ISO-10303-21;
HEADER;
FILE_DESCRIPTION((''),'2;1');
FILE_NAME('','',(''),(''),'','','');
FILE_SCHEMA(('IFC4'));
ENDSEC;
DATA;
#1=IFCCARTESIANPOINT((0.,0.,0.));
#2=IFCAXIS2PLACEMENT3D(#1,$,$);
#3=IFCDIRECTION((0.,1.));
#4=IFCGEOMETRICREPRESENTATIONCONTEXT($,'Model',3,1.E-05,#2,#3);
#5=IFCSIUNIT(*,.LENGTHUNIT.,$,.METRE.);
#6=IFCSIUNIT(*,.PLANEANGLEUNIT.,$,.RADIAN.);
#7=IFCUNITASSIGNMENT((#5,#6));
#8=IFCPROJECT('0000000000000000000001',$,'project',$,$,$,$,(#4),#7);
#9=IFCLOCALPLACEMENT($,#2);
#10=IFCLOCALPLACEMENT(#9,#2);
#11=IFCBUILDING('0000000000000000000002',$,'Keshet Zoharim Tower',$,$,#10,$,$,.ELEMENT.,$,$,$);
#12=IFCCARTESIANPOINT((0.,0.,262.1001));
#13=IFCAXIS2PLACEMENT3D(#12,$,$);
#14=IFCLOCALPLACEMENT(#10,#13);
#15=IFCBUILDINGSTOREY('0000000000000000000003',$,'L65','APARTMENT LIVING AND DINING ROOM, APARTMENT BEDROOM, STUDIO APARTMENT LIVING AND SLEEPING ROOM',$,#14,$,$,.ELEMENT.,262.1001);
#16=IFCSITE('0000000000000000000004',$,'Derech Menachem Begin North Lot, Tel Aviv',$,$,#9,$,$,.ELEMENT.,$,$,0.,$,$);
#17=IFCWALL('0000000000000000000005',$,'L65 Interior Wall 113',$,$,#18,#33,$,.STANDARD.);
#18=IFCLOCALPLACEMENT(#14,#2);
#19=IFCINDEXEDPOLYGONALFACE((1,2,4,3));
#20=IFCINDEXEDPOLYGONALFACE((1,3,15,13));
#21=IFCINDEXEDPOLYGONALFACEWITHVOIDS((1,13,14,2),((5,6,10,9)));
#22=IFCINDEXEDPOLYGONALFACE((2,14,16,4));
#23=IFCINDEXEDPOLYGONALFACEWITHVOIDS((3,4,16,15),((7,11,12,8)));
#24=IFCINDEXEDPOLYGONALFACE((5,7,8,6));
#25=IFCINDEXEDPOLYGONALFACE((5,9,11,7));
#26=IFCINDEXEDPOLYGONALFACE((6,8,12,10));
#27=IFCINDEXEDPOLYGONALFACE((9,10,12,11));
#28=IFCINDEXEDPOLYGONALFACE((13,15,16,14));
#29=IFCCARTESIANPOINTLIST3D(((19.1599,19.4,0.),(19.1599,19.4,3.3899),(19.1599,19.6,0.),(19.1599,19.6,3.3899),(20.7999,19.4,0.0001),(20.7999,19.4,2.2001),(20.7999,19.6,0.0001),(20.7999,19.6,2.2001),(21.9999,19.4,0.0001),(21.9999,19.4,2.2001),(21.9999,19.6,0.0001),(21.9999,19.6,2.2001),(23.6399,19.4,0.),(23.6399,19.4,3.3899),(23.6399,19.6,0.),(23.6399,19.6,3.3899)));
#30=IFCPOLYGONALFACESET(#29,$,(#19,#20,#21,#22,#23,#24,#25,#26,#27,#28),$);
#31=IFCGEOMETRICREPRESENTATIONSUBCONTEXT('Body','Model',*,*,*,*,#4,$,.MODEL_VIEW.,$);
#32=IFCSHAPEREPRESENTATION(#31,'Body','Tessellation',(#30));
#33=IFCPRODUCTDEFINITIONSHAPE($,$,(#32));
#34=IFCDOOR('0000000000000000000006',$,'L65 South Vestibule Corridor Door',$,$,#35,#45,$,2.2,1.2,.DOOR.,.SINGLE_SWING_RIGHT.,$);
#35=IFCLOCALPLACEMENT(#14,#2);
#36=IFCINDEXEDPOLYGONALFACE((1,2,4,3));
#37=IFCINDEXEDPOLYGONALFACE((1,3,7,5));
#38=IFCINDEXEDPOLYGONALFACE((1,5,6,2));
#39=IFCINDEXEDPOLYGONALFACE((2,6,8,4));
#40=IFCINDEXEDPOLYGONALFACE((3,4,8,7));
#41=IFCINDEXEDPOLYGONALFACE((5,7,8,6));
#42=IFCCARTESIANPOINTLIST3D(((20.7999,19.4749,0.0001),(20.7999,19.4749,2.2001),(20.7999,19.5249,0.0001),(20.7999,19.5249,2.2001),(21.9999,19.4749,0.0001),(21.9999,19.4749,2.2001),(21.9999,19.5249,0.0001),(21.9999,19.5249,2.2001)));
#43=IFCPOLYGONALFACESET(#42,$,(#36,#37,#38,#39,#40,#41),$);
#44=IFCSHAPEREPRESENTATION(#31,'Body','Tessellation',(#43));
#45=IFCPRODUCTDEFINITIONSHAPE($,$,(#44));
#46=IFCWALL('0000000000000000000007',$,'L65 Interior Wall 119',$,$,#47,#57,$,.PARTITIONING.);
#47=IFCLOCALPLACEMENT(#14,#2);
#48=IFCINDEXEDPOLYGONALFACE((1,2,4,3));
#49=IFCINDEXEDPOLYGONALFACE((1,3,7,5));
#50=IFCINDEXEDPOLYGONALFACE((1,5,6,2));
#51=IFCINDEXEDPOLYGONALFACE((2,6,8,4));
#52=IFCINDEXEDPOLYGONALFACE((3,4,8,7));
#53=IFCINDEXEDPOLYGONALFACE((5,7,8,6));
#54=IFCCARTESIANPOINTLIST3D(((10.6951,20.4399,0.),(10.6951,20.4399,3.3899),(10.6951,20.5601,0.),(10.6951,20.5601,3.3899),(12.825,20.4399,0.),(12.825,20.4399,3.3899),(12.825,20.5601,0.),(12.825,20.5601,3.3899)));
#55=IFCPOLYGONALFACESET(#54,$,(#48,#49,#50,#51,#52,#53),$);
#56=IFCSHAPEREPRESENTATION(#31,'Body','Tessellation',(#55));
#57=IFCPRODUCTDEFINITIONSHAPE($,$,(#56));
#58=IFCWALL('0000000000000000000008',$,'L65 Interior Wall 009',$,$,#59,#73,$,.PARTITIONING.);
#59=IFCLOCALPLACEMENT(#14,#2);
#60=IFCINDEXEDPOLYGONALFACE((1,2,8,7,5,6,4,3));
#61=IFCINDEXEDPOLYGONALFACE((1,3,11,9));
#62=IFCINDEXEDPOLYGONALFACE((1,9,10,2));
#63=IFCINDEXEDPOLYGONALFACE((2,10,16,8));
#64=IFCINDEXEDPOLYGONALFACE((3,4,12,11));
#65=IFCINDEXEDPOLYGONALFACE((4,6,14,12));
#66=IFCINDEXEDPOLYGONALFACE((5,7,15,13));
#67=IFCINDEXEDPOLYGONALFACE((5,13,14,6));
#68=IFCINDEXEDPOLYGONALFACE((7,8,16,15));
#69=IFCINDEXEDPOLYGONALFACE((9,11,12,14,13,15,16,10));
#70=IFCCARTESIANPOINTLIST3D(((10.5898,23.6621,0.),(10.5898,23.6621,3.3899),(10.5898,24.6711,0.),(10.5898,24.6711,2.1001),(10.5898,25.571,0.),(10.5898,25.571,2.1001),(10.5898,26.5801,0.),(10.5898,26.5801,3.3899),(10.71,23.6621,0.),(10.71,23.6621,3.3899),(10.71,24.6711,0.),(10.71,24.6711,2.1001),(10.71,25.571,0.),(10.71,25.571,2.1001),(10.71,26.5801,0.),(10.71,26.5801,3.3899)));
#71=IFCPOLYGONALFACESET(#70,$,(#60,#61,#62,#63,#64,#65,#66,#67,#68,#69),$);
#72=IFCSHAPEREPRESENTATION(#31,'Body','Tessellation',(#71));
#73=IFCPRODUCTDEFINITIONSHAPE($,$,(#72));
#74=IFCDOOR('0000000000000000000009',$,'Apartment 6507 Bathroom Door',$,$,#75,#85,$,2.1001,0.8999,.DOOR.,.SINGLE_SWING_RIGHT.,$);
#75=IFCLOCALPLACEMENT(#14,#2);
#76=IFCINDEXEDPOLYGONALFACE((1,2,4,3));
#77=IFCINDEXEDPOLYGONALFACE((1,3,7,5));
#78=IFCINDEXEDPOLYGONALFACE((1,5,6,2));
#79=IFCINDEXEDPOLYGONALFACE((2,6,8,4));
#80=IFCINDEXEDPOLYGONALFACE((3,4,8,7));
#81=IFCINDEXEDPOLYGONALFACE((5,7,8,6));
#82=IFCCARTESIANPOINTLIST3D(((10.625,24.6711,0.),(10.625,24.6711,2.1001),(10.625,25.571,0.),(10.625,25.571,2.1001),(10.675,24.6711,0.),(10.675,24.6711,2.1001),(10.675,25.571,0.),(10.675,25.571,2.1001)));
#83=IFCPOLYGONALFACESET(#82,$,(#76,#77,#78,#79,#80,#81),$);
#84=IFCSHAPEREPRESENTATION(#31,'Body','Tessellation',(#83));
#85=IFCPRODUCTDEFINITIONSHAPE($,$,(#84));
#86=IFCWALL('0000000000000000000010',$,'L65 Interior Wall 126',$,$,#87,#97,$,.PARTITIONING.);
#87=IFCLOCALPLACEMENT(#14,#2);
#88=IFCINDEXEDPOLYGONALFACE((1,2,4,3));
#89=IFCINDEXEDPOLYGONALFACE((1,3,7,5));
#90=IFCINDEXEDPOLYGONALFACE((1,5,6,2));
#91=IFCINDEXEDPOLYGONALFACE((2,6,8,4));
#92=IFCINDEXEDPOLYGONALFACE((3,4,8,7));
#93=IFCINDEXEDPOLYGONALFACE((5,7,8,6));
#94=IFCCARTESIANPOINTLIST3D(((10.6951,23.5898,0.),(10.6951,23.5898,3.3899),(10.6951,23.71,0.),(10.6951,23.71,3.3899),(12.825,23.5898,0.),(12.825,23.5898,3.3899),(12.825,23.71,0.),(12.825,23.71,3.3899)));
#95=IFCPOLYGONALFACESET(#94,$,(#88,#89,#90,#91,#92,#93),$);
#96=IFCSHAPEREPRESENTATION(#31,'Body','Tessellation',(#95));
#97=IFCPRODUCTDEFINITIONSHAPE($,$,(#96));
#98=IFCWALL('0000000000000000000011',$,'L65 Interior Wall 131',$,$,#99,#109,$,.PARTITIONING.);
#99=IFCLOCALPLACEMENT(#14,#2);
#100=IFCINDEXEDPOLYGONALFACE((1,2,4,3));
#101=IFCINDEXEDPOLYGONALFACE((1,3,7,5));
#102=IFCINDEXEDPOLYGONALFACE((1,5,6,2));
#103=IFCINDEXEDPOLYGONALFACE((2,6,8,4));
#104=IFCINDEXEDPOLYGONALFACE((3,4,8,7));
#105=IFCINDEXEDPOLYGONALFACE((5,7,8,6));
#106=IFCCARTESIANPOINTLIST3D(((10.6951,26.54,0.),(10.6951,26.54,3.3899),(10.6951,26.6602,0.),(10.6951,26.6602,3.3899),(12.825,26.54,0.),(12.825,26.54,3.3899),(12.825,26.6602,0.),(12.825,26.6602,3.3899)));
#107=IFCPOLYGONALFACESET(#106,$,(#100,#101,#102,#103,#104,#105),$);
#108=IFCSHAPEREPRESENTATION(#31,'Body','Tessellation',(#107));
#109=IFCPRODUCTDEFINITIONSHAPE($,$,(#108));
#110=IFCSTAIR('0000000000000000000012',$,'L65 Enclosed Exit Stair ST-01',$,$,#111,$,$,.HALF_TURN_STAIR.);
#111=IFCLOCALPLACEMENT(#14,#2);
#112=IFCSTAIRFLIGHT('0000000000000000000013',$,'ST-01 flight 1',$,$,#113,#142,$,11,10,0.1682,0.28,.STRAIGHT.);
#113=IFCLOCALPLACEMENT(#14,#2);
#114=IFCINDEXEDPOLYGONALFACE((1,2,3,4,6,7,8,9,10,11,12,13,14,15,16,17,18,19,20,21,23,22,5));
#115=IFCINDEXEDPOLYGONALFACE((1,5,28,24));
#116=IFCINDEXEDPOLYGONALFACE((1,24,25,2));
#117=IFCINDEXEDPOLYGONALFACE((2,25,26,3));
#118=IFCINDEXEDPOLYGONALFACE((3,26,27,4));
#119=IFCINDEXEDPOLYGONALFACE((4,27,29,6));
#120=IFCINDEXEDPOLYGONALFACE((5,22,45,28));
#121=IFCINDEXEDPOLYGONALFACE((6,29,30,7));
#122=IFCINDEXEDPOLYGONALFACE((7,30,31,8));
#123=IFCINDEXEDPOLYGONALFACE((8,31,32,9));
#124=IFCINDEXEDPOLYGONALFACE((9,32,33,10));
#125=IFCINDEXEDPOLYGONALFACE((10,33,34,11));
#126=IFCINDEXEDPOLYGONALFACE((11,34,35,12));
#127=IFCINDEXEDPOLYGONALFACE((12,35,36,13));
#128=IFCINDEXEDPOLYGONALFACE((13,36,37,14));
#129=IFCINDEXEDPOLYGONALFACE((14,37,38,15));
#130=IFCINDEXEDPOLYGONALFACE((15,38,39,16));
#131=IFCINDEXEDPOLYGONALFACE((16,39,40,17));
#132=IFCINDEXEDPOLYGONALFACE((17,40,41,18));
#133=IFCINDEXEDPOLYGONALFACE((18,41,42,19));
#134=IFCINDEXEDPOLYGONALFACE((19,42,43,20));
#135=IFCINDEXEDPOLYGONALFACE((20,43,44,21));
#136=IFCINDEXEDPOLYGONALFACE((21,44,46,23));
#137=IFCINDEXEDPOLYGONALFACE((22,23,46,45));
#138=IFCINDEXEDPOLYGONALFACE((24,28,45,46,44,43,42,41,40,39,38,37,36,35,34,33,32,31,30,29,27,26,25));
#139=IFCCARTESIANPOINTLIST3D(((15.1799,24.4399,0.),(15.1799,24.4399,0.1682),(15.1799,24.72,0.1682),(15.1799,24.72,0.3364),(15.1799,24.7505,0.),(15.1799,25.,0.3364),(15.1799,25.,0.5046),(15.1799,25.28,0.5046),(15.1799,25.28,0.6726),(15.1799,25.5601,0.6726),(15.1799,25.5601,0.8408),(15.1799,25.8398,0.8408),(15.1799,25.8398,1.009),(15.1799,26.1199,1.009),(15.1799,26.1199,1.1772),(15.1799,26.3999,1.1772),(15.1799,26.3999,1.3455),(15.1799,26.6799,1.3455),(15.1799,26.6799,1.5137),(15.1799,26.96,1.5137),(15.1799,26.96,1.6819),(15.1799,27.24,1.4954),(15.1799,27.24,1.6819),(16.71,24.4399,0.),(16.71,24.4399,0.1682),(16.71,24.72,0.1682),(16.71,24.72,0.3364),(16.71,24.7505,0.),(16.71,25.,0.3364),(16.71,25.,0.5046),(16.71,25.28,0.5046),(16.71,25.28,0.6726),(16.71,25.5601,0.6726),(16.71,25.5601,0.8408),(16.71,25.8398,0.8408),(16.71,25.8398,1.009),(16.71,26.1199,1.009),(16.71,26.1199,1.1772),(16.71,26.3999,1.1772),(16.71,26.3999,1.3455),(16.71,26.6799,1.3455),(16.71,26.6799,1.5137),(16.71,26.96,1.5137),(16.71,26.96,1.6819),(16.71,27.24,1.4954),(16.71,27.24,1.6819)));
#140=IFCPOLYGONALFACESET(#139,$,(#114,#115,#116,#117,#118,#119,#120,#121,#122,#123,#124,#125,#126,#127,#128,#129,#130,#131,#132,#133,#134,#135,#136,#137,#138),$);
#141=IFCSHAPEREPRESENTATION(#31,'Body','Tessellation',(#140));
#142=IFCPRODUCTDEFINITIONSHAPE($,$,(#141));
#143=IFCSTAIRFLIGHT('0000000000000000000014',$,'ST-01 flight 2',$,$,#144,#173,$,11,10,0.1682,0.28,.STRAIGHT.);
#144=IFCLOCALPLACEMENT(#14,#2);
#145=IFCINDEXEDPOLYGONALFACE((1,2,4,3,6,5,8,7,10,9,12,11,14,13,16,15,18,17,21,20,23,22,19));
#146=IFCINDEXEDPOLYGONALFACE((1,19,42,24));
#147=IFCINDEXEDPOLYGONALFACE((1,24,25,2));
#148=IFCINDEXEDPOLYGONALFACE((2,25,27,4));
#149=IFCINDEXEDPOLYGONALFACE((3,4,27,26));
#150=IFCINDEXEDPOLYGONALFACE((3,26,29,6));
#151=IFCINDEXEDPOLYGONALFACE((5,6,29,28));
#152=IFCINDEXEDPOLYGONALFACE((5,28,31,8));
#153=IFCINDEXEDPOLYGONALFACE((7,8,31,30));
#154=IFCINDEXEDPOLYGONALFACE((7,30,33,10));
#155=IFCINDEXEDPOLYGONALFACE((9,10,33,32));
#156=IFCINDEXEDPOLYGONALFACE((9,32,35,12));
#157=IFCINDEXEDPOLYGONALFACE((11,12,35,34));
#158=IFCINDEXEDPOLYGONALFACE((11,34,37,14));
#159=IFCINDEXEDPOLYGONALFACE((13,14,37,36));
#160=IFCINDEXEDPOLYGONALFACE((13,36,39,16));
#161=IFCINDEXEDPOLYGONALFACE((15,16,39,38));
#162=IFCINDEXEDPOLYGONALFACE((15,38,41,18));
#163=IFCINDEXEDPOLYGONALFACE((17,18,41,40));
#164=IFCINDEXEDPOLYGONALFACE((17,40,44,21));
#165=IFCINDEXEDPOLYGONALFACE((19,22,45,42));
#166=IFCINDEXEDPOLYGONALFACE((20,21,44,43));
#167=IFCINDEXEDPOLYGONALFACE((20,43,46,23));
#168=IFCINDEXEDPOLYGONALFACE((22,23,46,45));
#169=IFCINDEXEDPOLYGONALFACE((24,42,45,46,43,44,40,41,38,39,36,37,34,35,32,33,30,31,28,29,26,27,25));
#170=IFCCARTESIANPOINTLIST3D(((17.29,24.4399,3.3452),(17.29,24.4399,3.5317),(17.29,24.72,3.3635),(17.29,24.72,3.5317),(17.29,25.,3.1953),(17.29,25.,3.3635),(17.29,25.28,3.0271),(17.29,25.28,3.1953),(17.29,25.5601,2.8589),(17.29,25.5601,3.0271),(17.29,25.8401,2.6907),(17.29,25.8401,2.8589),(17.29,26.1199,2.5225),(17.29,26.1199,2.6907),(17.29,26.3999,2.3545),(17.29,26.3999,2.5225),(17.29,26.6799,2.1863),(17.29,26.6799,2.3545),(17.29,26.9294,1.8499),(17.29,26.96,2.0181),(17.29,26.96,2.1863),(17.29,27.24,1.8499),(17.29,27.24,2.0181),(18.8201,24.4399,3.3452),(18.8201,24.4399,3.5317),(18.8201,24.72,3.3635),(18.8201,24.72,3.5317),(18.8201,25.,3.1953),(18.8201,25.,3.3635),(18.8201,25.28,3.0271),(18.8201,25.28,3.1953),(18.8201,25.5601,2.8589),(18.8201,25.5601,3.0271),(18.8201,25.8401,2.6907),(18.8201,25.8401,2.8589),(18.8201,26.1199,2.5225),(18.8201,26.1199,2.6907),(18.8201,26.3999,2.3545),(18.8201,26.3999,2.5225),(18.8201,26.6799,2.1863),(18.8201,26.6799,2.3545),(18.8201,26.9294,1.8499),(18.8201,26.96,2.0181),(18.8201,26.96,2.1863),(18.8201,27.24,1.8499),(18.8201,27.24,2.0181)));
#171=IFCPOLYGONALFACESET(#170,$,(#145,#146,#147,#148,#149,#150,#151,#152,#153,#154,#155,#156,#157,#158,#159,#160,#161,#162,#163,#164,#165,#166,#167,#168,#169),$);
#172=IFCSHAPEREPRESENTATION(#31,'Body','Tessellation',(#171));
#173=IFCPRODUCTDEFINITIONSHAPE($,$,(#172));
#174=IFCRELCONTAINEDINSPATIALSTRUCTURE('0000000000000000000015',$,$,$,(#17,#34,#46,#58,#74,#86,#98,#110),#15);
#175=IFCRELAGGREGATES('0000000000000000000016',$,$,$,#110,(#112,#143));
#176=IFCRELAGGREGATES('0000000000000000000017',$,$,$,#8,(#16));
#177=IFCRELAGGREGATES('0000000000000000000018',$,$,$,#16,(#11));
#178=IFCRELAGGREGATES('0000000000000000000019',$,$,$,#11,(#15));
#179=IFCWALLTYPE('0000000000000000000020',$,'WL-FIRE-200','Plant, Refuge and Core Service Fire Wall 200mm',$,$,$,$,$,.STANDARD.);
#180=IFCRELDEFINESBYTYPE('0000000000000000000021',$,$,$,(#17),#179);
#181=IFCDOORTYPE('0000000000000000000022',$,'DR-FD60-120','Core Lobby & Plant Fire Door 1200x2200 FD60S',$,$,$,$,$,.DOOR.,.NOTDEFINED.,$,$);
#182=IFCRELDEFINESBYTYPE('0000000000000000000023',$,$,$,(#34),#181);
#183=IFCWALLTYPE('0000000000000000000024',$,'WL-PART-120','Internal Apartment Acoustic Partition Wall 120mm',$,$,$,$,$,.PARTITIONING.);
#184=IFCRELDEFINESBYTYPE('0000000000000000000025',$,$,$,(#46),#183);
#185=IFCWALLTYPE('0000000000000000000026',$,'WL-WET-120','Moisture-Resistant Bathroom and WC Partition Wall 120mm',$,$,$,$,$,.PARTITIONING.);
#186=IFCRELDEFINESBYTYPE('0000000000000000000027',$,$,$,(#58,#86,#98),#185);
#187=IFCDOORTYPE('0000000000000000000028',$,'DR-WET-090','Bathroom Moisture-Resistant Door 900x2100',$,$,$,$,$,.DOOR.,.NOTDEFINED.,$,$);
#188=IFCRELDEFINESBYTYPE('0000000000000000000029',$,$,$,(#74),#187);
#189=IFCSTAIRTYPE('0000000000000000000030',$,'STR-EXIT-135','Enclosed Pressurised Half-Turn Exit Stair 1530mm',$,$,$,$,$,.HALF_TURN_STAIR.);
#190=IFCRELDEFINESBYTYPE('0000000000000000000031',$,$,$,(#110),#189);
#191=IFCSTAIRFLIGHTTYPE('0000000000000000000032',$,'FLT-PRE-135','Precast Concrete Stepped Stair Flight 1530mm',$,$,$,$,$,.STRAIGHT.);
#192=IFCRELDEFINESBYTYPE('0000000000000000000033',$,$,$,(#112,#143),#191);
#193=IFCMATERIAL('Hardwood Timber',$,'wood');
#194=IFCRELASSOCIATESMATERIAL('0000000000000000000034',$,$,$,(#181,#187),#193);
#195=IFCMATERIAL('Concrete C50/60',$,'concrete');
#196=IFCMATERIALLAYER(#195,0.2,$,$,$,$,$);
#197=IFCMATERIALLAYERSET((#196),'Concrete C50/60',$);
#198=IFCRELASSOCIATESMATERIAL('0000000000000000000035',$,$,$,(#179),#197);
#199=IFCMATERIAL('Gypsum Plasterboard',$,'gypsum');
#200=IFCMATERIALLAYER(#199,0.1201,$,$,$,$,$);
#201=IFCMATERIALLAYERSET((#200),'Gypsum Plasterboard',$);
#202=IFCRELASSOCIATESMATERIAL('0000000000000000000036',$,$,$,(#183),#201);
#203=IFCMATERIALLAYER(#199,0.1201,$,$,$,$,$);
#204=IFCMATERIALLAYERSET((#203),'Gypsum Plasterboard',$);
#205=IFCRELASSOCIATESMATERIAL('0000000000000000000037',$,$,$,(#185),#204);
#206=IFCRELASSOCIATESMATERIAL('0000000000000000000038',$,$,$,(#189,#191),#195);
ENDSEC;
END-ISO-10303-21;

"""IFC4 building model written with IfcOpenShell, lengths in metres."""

from ifc_helpers import new_model, si_unit, direction, frame, frame_2d, origin, place, context, subcontext, project, spatial, polyline, rectangle, outline, extrude, material, layer, layer_set, type_object, element, fill, aggregate, save


model = new_model("IFC4")

# Units and contexts
model_context = context("Model", 3, precision=1e-05, world=origin(), true_north=direction((0.0, 1.0)))
body_context = subcontext(model_context, "Body", "Model", "MODEL_VIEW")
ifc_project = project(units=[si_unit("LENGTHUNIT", "METRE"), si_unit("PLANEANGLEUNIT", "RADIAN")], contexts=[model_context])

# Site, building, storey
site_placement = place(None, origin())
site = spatial("IfcSite", under=ifc_project, at=site_placement, Name="Derech Menachem Begin North Lot, Tel Aviv", CompositionType="ELEMENT", RefElevation=0.0)
building_placement = place(site_placement, origin())
building = spatial("IfcBuilding", under=site, at=building_placement, Name="Keshet Zoharim Tower", CompositionType="ELEMENT")
storey_placement = place(building_placement, frame((0.0, 0.0, 262.1001)))
storey = spatial("IfcBuildingStorey", under=building, at=storey_placement, Name="L65", Description="APARTMENT LIVING AND DINING ROOM, APARTMENT BEDROOM, STUDIO APARTMENT LIVING AND SLEEPING ROOM", CompositionType="ELEMENT", Elevation=262.1001)

# Shared definitions
ifc_material_1 = material(Name="Concrete C50/60", Category="concrete")

# Shared definitions
ifc_material_2 = material(Name="Hardwood Timber", Category="wood")

# Shared definitions
door_type_1 = type_object("IfcDoorType", Name="DR-FD60-120", Description="Core Lobby & Plant Fire Door 1200x2200 FD60S", OperationType="NOTDEFINED", PredefinedType="DOOR", material=ifc_material_2)

# Shared definitions
ifc_material_3 = material(Name="Gypsum Plasterboard", Category="gypsum")

# Wall, opening, door
ifc_layer_1 = layer(ifc_material_1, 0.2)
ifc_layer_set_1 = layer_set([ifc_layer_1], Name="Concrete C50/60")
wall_type_1 = type_object("IfcWallType", Name="WL-FIRE-200", Description="Plant, Refuge and Core Service Fire Wall 200mm", PredefinedType="STANDARD", material=ifc_layer_set_1)
wall_1_placement = place(storey_placement, frame((19.1599, 19.5, 0.0), z_axis=(0.0, 0.0, 1.0), x_axis=(1.0, 0.0, 0.0)))
wall_1 = element("IfcWall", 1, at=wall_1_placement, inside=storey, type_object=wall_type_1, Name="L65 Interior Wall 113", PredefinedType="STANDARD", context=body_context, shape_type="SweptSolid", body=[
    extrude(rectangle(XDim=4.48, YDim=0.2, at=frame_2d((2.24, 0.0))), origin(), (0.0, 0.0, 1.0), 3.3899),
])
opening_1_placement = place(wall_1_placement, frame((1.6399, 0.0, 0.0)))
opening_1 = element("IfcOpeningElement", 2, at=opening_1_placement, cuts=wall_1, PredefinedType="OPENING", context=body_context, shape_type="SweptSolid", body=[
    extrude(rectangle(XDim=1.2, YDim=2.2, at=frame_2d((0.6001, 1.1001))), frame((0.0, 0.1099, 0.0), z_axis=(0.0, -1.0, 0.0), x_axis=(1.0, 0.0, 0.0)), (0.0, 0.0, 1.0), 0.22),
])
door_1_placement = place(opening_1_placement, origin())
door_1 = element("IfcDoor", 3, at=door_1_placement, inside=storey, type_object=door_type_1, Name="L65 South Vestibule Corridor Door", OperationType="SINGLE_SWING_RIGHT", OverallHeight=2.2, OverallWidth=1.2, PredefinedType="DOOR", context=body_context, shape_type="SweptSolid", body=[
    extrude(rectangle(XDim=1.2, YDim=2.2, at=frame_2d((0.6001, 1.1001))), frame((0.0, 0.0249, 0.0), z_axis=(0.0, -1.0, 0.0), x_axis=(1.0, 0.0, 0.0)), (0.0, 0.0, 1.0), 0.05),
])
fill(opening_1, door_1)

# Wall
ifc_layer_2 = layer(ifc_material_3, 0.1201)
ifc_layer_set_2 = layer_set([ifc_layer_2], Name="Gypsum Plasterboard")
wall_type_2 = type_object("IfcWallType", Name="WL-PART-120", Description="Internal Apartment Acoustic Partition Wall 120mm", PredefinedType="PARTITIONING", material=ifc_layer_set_2)
wall_2_placement = place(storey_placement, frame((10.6951, 20.5, 0.0), z_axis=(0.0, 0.0, 1.0), x_axis=(1.0, 0.0, 0.0)))
element("IfcWall", 4, at=wall_2_placement, inside=storey, type_object=wall_type_2, Name="L65 Interior Wall 119", PredefinedType="PARTITIONING", context=body_context, shape_type="SweptSolid", body=[
    extrude(rectangle(XDim=2.1299, YDim=0.1201, at=frame_2d((1.0649, 0.0))), origin(), (0.0, 0.0, 1.0), 3.3899),
])

# Wall, opening, door
ifc_layer_3 = layer(ifc_material_3, 0.1201)
ifc_layer_set_3 = layer_set([ifc_layer_3], Name="Gypsum Plasterboard")
wall_type_3 = type_object("IfcWallType", Name="WL-WET-120", Description="Moisture-Resistant Bathroom and WC Partition Wall 120mm", PredefinedType="PARTITIONING", material=ifc_layer_set_3)
wall_3_placement = place(storey_placement, frame((10.6499, 23.6621, 0.0), z_axis=(0.0, 0.0, 1.0), x_axis=(0.0, 1.0, 0.0)))
wall_3 = element("IfcWall", 5, at=wall_3_placement, inside=storey, type_object=wall_type_3, Name="L65 Interior Wall 009", PredefinedType="PARTITIONING", context=body_context, shape_type="SweptSolid", body=[
    extrude(rectangle(XDim=2.918, YDim=0.1201, at=frame_2d((1.459, 0.0))), origin(), (0.0, 0.0, 1.0), 3.3899),
])
opening_2_placement = place(wall_3_placement, frame((1.009, 0.0, 0.0)))
opening_2 = element("IfcOpeningElement", 6, at=opening_2_placement, cuts=wall_3, PredefinedType="OPENING", context=body_context, shape_type="SweptSolid", body=[
    extrude(rectangle(XDim=0.8999, YDim=2.1001, at=frame_2d((0.45, 1.05))), frame((0.0, 0.0701, 0.0), z_axis=(0.0, -1.0, 0.0), x_axis=(1.0, 0.0, 0.0)), (0.0, 0.0, 1.0), 0.1401),
])
door_type_2 = type_object("IfcDoorType", Name="DR-WET-090", Description="Bathroom Moisture-Resistant Door 900x2100", OperationType="NOTDEFINED", PredefinedType="DOOR", material=ifc_material_2)
door_2_placement = place(opening_2_placement, origin())
door_2 = element("IfcDoor", 7, at=door_2_placement, inside=storey, type_object=door_type_2, Name="Apartment 6507 Bathroom Door", OperationType="SINGLE_SWING_RIGHT", OverallHeight=2.1001, OverallWidth=0.8999, PredefinedType="DOOR", context=body_context, shape_type="SweptSolid", body=[
    extrude(rectangle(XDim=0.8999, YDim=2.1001, at=frame_2d((0.45, 1.05))), frame((0.0, 0.0249, 0.0), z_axis=(0.0, -1.0, 0.0), x_axis=(1.0, 0.0, 0.0)), (0.0, 0.0, 1.0), 0.05),
])
fill(opening_2, door_2)

# Walls
for number, where, z_axis, x_axis, name in (
    (8, (10.6951, 23.6499, 0.0), (0.0, 0.0, 1.0), (1.0, 0.0, 0.0), "L65 Interior Wall 126"),
    (9, (10.6951, 26.6001, 0.0), (0.0, 0.0, 1.0), (1.0, 0.0, 0.0), "L65 Interior Wall 131"),
):
    element("IfcWall", number, at=place(storey_placement, frame(where, z_axis=z_axis, x_axis=x_axis)), inside=storey, type_object=wall_type_3, Name=name, PredefinedType="PARTITIONING", context=body_context, shape_type="SweptSolid", body=[
        extrude(rectangle(XDim=2.1299, YDim=0.1201, at=frame_2d((1.0649, 0.0))), origin(), (0.0, 0.0, 1.0), 3.3899),
    ])

# Stair, stair flights
stair_type = type_object("IfcStairType", Name="STR-EXIT-135", Description="Enclosed Pressurised Half-Turn Exit Stair 1530mm", PredefinedType="HALF_TURN_STAIR", material=ifc_material_1)
stair_placement = place(storey_placement, origin())
stair = element("IfcStair", 10, at=stair_placement, inside=storey, type_object=stair_type, Name="L65 Enclosed Exit Stair ST-01", PredefinedType="HALF_TURN_STAIR")
stair_flight_type = type_object("IfcStairFlightType", Name="FLT-PRE-135", Description="Precast Concrete Stepped Stair Flight 1530mm", PredefinedType="STRAIGHT", material=ifc_material_1)
stair_flight_1_placement = place(storey_placement, frame((15.9451, 24.4399, 0.0), z_axis=(0.0, 0.0, 1.0), x_axis=(0.0, 1.0, 0.0)))
stair_flight_1 = element("IfcStairFlight", 11, at=stair_flight_1_placement, type_object=stair_flight_type, Name="ST-01 flight 1", NumberOfRisers=11, NumberOfTreads=10, PredefinedType="STRAIGHT", RiserHeight=0.1682, TreadLength=0.28, context=body_context, shape_type="SweptSolid", body=[
    extrude(outline(polyline([(0.0, 0.0), (0.0, 0.1682), (0.28, 0.1682), (0.28, 0.3364), (0.5601, 0.3364), (0.5601, 0.5046), (0.8401, 0.5046), (0.8401, 0.6726), (1.1201, 0.6726), (1.1201, 0.8408), (1.3999, 0.8408), (1.3999, 1.009), (1.6799, 1.009), (1.6799, 1.1772), (1.96, 1.1772), (1.96, 1.3455), (2.24, 1.3455), (2.24, 1.5137), (2.52, 1.5137), (2.52, 1.6819), (2.8, 1.6819), (2.8, 1.8501), (2.8, 1.4954), (0.3105, 0.0), (0.0, 0.0)])), frame((0.0, 0.7651, 0.0), z_axis=(0.0, -1.0, 0.0), x_axis=(1.0, 0.0, 0.0)), (0.0, 0.0, 1.0), 1.53),
])
stair_flight_2_placement = place(storey_placement, frame((18.0549, 27.24, 1.8499), z_axis=(0.0, 0.0, 1.0), x_axis=(0.0, -1.0, 0.0)))
stair_flight_2 = element("IfcStairFlight", 12, at=stair_flight_2_placement, type_object=stair_flight_type, Name="ST-01 flight 2", NumberOfRisers=11, NumberOfTreads=10, PredefinedType="STRAIGHT", RiserHeight=0.1682, TreadLength=0.28, context=body_context, shape_type="SweptSolid", body=[
    extrude(outline(polyline([(0.0, 0.0), (0.0, 0.1682), (0.28, 0.1682), (0.28, 0.3364), (0.5601, 0.3364), (0.5601, 0.5046), (0.8401, 0.5046), (0.8401, 0.6726), (1.1201, 0.6726), (1.1201, 0.8408), (1.3999, 0.8408), (1.3999, 1.009), (1.6799, 1.009), (1.6799, 1.1772), (1.96, 1.1772), (1.96, 1.3455), (2.24, 1.3455), (2.24, 1.5137), (2.52, 1.5137), (2.52, 1.6819), (2.8, 1.6819), (2.8, 1.8501), (2.8, 1.4954), (0.3105, 0.0), (0.0, 0.0)])), frame((0.0, 0.7651, 0.0), z_axis=(0.0, -1.0, 0.0), x_axis=(1.0, 0.0, 0.0)), (0.0, 0.0, 1.0), 1.53),
])
aggregate(stair, [stair_flight_1, stair_flight_2])

save(model, "model.ifc")
